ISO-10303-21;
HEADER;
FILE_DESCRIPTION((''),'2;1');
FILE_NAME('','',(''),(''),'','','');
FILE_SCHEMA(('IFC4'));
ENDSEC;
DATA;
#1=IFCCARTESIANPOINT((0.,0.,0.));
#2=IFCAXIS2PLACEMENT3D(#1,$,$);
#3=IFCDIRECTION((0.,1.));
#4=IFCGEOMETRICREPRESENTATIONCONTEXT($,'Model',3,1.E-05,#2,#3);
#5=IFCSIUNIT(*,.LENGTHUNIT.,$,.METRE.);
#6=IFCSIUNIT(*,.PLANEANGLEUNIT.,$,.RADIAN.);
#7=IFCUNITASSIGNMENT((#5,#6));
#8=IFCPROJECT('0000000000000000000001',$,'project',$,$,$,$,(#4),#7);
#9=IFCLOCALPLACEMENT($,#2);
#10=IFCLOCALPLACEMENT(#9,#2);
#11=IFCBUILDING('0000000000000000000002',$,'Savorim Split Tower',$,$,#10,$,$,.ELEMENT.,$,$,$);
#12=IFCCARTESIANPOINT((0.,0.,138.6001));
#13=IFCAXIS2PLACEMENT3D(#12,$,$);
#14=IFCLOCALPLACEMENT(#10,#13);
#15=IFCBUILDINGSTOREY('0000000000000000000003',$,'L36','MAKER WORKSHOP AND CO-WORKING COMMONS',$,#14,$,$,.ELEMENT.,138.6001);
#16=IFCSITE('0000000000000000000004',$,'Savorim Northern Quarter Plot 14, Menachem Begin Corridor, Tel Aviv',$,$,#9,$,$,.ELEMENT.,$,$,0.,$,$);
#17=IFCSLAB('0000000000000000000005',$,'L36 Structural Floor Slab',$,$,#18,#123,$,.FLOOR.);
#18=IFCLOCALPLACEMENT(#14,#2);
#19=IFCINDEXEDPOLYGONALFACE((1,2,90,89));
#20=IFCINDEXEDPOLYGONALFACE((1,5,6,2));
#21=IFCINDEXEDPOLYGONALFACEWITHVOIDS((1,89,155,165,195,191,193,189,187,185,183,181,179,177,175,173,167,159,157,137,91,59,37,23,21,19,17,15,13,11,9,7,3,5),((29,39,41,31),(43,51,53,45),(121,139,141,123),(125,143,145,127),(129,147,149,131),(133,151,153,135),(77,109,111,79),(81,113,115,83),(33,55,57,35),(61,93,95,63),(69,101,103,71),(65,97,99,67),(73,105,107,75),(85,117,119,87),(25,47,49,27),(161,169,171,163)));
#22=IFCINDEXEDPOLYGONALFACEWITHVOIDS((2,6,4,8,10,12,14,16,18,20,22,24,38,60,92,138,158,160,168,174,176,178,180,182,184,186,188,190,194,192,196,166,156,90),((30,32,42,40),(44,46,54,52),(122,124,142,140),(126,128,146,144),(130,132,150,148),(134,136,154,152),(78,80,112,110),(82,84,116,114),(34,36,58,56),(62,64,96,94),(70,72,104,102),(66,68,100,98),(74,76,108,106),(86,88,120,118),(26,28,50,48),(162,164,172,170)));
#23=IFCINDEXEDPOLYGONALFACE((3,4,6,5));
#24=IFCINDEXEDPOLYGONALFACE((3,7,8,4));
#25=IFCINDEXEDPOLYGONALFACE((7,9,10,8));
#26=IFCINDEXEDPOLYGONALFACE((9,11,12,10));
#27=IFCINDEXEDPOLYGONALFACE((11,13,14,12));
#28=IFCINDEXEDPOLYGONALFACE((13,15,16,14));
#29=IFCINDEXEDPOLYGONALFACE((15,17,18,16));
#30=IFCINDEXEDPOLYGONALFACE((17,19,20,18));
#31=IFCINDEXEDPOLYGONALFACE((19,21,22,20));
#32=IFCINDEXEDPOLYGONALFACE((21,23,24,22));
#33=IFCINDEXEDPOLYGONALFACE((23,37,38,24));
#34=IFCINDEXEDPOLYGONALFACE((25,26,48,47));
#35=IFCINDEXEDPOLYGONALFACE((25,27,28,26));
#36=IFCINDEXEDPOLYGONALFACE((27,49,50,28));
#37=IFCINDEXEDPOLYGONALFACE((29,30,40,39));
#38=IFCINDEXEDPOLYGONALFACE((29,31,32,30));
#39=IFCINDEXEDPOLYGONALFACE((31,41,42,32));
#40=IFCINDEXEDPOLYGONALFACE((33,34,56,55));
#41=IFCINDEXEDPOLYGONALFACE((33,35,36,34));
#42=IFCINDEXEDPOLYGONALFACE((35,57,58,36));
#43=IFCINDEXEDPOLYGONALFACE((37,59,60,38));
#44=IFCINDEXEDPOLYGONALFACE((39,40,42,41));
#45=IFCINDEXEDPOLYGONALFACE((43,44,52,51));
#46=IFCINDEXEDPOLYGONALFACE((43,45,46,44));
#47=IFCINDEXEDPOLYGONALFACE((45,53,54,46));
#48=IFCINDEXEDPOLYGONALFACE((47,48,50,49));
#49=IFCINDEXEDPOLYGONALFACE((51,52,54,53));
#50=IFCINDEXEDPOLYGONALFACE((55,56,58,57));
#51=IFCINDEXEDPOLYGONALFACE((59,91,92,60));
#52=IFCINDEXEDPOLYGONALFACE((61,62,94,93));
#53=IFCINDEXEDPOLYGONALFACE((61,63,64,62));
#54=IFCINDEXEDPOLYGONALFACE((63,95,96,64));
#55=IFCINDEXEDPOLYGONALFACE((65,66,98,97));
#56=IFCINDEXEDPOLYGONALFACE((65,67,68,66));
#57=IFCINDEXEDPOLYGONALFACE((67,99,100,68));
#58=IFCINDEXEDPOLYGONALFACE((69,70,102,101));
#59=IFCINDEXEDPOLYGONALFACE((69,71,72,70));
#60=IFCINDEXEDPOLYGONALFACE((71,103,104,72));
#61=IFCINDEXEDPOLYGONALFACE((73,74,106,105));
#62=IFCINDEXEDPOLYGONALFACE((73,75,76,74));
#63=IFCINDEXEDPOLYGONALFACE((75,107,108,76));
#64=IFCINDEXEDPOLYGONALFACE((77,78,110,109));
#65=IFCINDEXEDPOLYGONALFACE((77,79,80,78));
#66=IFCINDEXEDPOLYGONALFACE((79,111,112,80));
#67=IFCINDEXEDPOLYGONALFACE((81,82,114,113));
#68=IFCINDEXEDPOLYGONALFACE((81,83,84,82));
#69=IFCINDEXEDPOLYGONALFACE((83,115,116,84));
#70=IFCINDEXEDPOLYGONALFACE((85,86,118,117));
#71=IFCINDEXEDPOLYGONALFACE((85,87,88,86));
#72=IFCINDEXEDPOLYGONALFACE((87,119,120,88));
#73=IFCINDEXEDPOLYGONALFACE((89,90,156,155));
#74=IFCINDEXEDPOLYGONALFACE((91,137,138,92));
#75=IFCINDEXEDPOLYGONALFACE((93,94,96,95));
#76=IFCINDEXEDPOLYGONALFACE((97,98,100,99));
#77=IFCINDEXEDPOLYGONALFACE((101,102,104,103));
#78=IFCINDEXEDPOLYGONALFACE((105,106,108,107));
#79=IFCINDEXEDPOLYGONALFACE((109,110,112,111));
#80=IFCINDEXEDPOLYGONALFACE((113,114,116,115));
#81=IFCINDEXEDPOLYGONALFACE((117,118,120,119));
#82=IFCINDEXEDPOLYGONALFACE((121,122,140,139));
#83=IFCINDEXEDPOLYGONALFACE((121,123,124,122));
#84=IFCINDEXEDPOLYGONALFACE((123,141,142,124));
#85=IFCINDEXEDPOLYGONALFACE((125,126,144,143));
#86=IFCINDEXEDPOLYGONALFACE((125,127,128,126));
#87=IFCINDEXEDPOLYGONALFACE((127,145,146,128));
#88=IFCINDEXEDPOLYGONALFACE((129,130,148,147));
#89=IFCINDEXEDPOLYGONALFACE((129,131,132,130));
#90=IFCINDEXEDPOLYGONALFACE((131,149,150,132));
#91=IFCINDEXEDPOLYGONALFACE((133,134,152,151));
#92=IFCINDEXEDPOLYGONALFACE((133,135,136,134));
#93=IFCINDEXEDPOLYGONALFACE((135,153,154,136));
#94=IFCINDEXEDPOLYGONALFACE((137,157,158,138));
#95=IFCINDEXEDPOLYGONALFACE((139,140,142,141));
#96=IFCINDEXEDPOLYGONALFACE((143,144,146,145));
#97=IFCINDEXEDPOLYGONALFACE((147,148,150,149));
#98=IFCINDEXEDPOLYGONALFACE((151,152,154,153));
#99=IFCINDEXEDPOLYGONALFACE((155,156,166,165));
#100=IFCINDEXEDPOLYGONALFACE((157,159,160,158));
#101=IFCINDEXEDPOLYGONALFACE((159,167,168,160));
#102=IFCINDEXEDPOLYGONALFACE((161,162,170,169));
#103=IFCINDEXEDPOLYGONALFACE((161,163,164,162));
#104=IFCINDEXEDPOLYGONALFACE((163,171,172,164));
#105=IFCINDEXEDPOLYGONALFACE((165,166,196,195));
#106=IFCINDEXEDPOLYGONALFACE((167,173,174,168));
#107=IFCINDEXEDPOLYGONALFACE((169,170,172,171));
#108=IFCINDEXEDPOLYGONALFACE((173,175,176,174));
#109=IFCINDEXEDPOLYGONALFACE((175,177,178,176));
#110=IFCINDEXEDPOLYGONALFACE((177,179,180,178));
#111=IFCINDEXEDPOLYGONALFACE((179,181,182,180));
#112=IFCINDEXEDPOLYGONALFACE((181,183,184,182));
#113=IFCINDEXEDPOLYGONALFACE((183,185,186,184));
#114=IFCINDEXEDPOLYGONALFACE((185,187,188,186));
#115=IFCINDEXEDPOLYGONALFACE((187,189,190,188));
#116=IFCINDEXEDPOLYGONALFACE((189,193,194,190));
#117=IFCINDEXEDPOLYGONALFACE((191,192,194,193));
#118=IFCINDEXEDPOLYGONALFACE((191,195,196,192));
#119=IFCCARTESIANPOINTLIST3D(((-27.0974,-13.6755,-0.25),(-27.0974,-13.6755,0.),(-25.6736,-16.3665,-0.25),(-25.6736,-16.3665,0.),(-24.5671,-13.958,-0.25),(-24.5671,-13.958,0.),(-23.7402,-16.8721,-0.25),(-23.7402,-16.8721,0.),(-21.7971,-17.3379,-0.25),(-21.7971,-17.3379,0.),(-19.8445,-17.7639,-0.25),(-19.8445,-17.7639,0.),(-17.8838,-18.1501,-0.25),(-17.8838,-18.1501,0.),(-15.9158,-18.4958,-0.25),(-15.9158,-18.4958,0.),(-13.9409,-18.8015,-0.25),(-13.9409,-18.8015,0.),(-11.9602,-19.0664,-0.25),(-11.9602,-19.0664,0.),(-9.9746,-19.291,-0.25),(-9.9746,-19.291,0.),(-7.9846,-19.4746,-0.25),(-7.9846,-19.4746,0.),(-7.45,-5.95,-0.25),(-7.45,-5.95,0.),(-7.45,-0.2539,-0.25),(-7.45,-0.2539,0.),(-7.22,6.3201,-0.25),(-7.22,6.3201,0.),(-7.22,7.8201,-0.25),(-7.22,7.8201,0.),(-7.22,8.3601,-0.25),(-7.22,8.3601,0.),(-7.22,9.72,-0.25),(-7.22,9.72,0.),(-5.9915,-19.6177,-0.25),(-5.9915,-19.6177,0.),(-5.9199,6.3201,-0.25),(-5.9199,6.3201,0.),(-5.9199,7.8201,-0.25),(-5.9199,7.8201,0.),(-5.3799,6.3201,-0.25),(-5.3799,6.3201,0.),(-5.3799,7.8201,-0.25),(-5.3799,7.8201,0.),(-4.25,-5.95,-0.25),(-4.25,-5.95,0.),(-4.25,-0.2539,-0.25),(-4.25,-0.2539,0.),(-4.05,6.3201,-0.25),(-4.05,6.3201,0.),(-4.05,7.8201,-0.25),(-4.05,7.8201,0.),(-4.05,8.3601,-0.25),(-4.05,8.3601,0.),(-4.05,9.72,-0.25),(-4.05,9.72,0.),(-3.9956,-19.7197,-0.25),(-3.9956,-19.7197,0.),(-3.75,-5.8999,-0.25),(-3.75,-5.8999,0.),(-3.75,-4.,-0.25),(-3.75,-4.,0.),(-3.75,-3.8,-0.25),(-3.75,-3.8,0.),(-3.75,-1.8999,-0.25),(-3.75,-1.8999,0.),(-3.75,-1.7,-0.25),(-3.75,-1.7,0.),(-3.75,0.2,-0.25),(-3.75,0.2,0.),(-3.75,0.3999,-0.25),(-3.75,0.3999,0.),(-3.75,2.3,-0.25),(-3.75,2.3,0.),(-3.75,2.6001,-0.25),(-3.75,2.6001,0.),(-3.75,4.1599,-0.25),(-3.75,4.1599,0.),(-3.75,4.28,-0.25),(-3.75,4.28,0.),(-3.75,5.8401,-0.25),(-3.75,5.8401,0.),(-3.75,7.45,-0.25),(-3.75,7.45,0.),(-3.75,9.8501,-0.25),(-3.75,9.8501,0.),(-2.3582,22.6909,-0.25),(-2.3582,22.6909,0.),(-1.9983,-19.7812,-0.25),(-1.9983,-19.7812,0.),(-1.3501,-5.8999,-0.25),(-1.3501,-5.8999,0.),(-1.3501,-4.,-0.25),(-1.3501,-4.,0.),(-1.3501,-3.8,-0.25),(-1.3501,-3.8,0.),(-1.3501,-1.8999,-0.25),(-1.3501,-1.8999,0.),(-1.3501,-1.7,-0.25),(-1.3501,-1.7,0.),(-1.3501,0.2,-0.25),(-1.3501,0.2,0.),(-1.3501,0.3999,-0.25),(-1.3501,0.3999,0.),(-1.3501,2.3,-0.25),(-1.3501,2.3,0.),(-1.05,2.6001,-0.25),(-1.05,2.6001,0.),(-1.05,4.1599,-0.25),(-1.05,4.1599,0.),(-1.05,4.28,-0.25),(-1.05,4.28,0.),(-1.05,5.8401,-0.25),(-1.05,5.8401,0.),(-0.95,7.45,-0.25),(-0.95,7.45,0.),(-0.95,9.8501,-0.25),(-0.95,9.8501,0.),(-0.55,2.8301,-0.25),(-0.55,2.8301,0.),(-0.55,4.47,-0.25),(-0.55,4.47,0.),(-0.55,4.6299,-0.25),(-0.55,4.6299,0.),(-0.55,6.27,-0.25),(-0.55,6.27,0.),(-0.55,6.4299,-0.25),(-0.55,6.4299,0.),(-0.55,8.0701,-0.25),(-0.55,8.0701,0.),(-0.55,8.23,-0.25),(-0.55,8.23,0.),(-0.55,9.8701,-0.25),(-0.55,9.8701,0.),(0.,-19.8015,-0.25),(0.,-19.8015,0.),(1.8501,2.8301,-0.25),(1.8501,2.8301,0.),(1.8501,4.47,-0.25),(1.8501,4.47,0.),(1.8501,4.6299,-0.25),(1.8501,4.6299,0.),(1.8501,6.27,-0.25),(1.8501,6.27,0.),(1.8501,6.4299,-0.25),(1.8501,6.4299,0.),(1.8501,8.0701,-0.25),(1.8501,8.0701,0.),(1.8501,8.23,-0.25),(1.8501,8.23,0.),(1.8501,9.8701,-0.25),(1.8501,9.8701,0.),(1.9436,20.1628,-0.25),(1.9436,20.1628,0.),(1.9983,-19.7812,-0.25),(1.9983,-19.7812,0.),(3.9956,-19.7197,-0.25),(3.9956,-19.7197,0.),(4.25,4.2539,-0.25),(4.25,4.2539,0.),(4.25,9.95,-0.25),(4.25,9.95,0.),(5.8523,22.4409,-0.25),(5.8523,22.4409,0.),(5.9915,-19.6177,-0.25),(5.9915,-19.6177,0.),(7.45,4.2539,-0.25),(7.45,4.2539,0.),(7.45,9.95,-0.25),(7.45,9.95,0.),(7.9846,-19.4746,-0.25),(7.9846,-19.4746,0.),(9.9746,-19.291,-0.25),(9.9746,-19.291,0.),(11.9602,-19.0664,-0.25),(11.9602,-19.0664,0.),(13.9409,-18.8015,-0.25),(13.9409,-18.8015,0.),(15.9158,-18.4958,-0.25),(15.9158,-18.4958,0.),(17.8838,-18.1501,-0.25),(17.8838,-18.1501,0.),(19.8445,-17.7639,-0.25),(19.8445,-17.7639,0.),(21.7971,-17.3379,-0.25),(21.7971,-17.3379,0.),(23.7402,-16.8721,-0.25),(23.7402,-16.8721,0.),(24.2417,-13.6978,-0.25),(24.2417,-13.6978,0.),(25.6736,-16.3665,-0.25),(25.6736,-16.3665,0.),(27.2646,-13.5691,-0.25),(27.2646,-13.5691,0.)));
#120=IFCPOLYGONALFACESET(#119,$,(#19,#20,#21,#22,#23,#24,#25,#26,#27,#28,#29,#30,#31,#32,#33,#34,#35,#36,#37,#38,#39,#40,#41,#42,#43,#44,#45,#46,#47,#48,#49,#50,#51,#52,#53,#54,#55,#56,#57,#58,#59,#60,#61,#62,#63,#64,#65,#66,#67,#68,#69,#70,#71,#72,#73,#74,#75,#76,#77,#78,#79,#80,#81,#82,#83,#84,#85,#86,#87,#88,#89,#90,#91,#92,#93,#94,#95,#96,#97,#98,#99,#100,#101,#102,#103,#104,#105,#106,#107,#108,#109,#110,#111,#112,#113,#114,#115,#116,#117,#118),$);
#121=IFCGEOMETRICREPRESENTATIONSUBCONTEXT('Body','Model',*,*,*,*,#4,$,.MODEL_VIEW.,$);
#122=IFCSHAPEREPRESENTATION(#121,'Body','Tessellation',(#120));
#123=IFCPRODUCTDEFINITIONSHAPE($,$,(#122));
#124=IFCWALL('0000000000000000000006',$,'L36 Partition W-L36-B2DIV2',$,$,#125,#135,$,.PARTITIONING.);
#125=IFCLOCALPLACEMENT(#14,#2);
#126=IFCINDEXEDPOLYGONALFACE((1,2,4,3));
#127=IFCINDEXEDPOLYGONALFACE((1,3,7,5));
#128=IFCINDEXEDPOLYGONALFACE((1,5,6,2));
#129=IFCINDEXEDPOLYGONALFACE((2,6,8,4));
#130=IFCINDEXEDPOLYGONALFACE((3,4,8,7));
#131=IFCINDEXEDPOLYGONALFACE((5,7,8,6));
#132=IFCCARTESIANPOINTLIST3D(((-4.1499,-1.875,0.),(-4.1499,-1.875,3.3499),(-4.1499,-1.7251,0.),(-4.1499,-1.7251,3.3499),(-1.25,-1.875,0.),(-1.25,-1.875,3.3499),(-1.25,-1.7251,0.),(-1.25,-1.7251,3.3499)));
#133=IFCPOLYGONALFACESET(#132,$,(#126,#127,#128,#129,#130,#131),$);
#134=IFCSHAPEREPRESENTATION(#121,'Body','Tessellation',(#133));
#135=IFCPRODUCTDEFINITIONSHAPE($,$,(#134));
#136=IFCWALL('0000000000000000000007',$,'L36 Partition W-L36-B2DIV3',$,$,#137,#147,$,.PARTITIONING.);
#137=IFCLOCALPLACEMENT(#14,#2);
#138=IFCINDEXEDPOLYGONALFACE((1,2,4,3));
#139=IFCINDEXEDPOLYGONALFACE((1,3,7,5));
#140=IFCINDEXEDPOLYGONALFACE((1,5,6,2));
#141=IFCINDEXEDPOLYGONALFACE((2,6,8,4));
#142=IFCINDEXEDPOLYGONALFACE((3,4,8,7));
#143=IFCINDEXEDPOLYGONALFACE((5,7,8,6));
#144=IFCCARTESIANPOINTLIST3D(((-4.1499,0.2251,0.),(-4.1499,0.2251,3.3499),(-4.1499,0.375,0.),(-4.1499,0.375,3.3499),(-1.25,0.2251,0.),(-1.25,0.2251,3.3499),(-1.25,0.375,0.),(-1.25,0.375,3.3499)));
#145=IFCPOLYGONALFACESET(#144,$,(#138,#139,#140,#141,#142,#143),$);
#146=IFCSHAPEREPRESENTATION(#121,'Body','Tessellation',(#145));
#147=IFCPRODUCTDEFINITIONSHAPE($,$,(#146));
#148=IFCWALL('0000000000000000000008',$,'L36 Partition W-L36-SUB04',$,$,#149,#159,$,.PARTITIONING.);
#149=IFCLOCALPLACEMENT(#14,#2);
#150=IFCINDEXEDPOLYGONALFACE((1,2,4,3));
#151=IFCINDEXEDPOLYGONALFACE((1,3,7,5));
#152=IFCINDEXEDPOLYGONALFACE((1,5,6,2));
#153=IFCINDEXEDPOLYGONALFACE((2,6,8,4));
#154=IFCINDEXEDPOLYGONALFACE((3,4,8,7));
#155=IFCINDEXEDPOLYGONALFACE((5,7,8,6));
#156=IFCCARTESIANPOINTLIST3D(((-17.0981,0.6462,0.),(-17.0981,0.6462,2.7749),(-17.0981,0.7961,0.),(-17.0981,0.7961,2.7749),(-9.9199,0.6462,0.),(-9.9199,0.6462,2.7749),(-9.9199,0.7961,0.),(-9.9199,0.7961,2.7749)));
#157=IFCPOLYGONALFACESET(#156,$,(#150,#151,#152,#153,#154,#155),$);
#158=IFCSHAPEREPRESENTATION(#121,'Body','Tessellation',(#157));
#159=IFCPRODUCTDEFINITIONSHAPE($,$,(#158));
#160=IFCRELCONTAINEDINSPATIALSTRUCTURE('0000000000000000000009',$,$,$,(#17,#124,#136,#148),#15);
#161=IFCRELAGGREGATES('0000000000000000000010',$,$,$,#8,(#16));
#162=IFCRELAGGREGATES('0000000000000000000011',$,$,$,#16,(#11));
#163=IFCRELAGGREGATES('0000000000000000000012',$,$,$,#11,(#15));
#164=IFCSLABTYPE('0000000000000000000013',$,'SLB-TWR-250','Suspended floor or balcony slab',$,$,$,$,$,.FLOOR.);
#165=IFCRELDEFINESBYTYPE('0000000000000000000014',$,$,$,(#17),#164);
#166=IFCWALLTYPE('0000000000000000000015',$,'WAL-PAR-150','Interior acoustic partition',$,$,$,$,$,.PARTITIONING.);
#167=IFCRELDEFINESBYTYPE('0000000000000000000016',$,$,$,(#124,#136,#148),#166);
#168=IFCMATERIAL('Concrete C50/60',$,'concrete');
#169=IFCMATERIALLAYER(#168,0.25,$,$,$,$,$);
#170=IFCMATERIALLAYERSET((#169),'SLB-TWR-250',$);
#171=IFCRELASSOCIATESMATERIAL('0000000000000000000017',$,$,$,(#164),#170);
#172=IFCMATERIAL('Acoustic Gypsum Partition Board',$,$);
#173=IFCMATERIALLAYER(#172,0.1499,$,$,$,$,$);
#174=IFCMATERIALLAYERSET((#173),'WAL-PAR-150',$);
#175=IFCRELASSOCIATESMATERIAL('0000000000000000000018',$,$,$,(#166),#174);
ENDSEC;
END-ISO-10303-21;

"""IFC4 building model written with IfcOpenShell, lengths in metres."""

from ifc_helpers import new_model, si_unit, direction, frame, frame_2d, origin, place, context, subcontext, project, spatial, polyline, rectangle, outline, extrude, material, layer, layer_set, type_object, element, save


model = new_model("IFC4")

# Units and contexts
model_context = context("Model", 3, precision=1e-05, world=origin(), true_north=direction((0.0, 1.0)))
body_context = subcontext(model_context, "Body", "Model", "MODEL_VIEW")
ifc_project = project(units=[si_unit("LENGTHUNIT", "METRE"), si_unit("PLANEANGLEUNIT", "RADIAN")], contexts=[model_context])

# Site, building, storey
site_placement = place(None, origin())
site = spatial("IfcSite", under=ifc_project, at=site_placement, Name="Savorim Northern Quarter Plot 14, Menachem Begin Corridor, Tel Aviv", CompositionType="ELEMENT", RefElevation=0.0)
building_placement = place(site_placement, origin())
building = spatial("IfcBuilding", under=site, at=building_placement, Name="Savorim Split Tower", CompositionType="ELEMENT")
storey_placement = place(building_placement, frame((0.0, 0.0, 138.6001)))
storey = spatial("IfcBuildingStorey", under=building, at=storey_placement, Name="L36", Description="MAKER WORKSHOP AND CO-WORKING COMMONS", CompositionType="ELEMENT", Elevation=138.6001)

# Shared definitions
ifc_material_1 = material(Name="Concrete C50/60", Category="concrete")

# Slab
ifc_layer_1 = layer(ifc_material_1, 0.25)
ifc_layer_set_1 = layer_set([ifc_layer_1], Name="SLB-TWR-250")
slab_type_1 = type_object("IfcSlabType", Name="SLB-TWR-250", Description="Suspended floor or balcony slab", PredefinedType="FLOOR", material=ifc_layer_set_1)
slab_1_placement = place(storey_placement, frame((0.0, 0.0, -0.25)))
element("IfcSlab", 1, at=slab_1_placement, inside=storey, type_object=slab_type_1, Name="L36 Structural Floor Slab", PredefinedType="FLOOR", context=body_context, shape_type="SweptSolid", body=[
    extrude(outline(polyline([(-25.6736, -16.3665), (-23.7402, -16.8721), (-21.7971, -17.3379), (-19.8445, -17.7639), (-17.8838, -18.1501), (-15.9158, -18.4958), (-13.9409, -18.8015), (-11.9602, -19.0664), (-9.9746, -19.291), (-7.9846, -19.4746), (-5.9915, -19.6177), (-3.9956, -19.7197), (-1.9983, -19.7812), (0.0, -19.8015), (1.9983, -19.7812), (3.9956, -19.7197), (5.9915, -19.6177), (7.9846, -19.4746), (9.9746, -19.291), (11.9602, -19.0664), (13.9409, -18.8015), (15.9158, -18.4958), (17.8838, -18.1501), (19.8445, -17.7639), (21.7971, -17.3379), (23.7402, -16.8721), (25.6736, -16.3665), (24.2417, -13.6978), (27.2646, -13.5691), (5.8523, 22.4409), (1.9436, 20.1628), (-2.3582, 22.6909), (-27.0974, -13.6755), (-24.5671, -13.958), (-25.6736, -16.3665)]), holes=[polyline([(-7.45, -0.2539), (-7.45, -5.95), (-4.25, -5.95), (-4.25, -0.2539), (-7.45, -0.2539)]), polyline([(7.45, 4.2539), (7.45, 9.95), (4.25, 9.95), (4.25, 4.2539), (7.45, 4.2539)]), polyline([(-3.75, -5.8999), (-1.3501, -5.8999), (-1.3501, -4.0), (-3.75, -4.0), (-3.75, -5.8999)]), polyline([(-3.75, -3.8), (-1.3501, -3.8), (-1.3501, -1.8999), (-3.75, -1.8999), (-3.75, -3.8)]), polyline([(-3.75, -1.7), (-1.3501, -1.7), (-1.3501, 0.2), (-3.75, 0.2), (-3.75, -1.7)]), polyline([(-3.75, 0.3999), (-1.3501, 0.3999), (-1.3501, 2.3), (-3.75, 2.3), (-3.75, 0.3999)]), polyline([(-0.55, 2.8301), (1.8501, 2.8301), (1.8501, 4.47), (-0.55, 4.47), (-0.55, 2.8301)]), polyline([(-0.55, 4.6299), (1.8501, 4.6299), (1.8501, 6.27), (-0.55, 6.27), (-0.55, 4.6299)]), polyline([(-0.55, 6.4299), (1.8501, 6.4299), (1.8501, 8.0701), (-0.55, 8.0701), (-0.55, 6.4299)]), polyline([(-0.55, 8.23), (1.8501, 8.23), (1.8501, 9.8701), (-0.55, 9.8701), (-0.55, 8.23)]), polyline([(-3.75, 2.6001), (-1.05, 2.6001), (-1.05, 4.1599), (-3.75, 4.1599), (-3.75, 2.6001)]), polyline([(-3.75, 4.28), (-1.05, 4.28), (-1.05, 5.8401), (-3.75, 5.8401), (-3.75, 4.28)]), polyline([(-3.75, 7.45), (-0.95, 7.45), (-0.95, 9.8501), (-3.75, 9.8501), (-3.75, 7.45)]), polyline([(-7.22, 6.3201), (-5.9199, 6.3201), (-5.9199, 7.8201), (-7.22, 7.8201), (-7.22, 6.3201)]), polyline([(-5.3799, 6.3201), (-4.05, 6.3201), (-4.05, 7.8201), (-5.3799, 7.8201), (-5.3799, 6.3201)]), polyline([(-7.22, 8.3601), (-4.05, 8.3601), (-4.05, 9.72), (-7.22, 9.72), (-7.22, 8.3601)])]), origin(), (0.0, 0.0, 1.0), 0.25),
])

# Walls
ifc_material_2 = material(Name="Acoustic Gypsum Partition Board")
ifc_layer_2 = layer(ifc_material_2, 0.1499)
ifc_layer_set_2 = layer_set([ifc_layer_2], Name="WAL-PAR-150")
wall_type_1 = type_object("IfcWallType", Name="WAL-PAR-150", Description="Interior acoustic partition", PredefinedType="PARTITIONING", material=ifc_layer_set_2)
for number, where, z_axis, x_axis, name in (
    (2, (-4.1499, -1.8, 0.0), (0.0, 0.0, 1.0), (1.0, 0.0, 0.0), "L36 Partition W-L36-B2DIV2"),
    (3, (-4.1499, 0.3, 0.0), (0.0, 0.0, 1.0), (1.0, 0.0, 0.0), "L36 Partition W-L36-B2DIV3"),
):
    element("IfcWall", number, at=place(storey_placement, frame(where, z_axis=z_axis, x_axis=x_axis)), inside=storey, type_object=wall_type_1, Name=name, PredefinedType="PARTITIONING", context=body_context, shape_type="SweptSolid", body=[
        extrude(rectangle(XDim=2.8999, YDim=0.1499, at=frame_2d((1.45, 0.0))), origin(), (0.0, 0.0, 1.0), 3.3499),
    ])
wall_1_placement = place(storey_placement, frame((-9.9199, 0.7212, 0.0), z_axis=(0.0, 0.0, 1.0), x_axis=(-1.0, 0.0, 0.0)))
element("IfcWall", 4, at=wall_1_placement, inside=storey, type_object=wall_type_1, Name="L36 Partition W-L36-SUB04", PredefinedType="PARTITIONING", context=body_context, shape_type="SweptSolid", body=[
    extrude(rectangle(XDim=7.1782, YDim=0.1499, at=frame_2d((3.5891, 0.0))), origin(), (0.0, 0.0, 1.0), 2.7749),
])

save(model, "model.ifc")
